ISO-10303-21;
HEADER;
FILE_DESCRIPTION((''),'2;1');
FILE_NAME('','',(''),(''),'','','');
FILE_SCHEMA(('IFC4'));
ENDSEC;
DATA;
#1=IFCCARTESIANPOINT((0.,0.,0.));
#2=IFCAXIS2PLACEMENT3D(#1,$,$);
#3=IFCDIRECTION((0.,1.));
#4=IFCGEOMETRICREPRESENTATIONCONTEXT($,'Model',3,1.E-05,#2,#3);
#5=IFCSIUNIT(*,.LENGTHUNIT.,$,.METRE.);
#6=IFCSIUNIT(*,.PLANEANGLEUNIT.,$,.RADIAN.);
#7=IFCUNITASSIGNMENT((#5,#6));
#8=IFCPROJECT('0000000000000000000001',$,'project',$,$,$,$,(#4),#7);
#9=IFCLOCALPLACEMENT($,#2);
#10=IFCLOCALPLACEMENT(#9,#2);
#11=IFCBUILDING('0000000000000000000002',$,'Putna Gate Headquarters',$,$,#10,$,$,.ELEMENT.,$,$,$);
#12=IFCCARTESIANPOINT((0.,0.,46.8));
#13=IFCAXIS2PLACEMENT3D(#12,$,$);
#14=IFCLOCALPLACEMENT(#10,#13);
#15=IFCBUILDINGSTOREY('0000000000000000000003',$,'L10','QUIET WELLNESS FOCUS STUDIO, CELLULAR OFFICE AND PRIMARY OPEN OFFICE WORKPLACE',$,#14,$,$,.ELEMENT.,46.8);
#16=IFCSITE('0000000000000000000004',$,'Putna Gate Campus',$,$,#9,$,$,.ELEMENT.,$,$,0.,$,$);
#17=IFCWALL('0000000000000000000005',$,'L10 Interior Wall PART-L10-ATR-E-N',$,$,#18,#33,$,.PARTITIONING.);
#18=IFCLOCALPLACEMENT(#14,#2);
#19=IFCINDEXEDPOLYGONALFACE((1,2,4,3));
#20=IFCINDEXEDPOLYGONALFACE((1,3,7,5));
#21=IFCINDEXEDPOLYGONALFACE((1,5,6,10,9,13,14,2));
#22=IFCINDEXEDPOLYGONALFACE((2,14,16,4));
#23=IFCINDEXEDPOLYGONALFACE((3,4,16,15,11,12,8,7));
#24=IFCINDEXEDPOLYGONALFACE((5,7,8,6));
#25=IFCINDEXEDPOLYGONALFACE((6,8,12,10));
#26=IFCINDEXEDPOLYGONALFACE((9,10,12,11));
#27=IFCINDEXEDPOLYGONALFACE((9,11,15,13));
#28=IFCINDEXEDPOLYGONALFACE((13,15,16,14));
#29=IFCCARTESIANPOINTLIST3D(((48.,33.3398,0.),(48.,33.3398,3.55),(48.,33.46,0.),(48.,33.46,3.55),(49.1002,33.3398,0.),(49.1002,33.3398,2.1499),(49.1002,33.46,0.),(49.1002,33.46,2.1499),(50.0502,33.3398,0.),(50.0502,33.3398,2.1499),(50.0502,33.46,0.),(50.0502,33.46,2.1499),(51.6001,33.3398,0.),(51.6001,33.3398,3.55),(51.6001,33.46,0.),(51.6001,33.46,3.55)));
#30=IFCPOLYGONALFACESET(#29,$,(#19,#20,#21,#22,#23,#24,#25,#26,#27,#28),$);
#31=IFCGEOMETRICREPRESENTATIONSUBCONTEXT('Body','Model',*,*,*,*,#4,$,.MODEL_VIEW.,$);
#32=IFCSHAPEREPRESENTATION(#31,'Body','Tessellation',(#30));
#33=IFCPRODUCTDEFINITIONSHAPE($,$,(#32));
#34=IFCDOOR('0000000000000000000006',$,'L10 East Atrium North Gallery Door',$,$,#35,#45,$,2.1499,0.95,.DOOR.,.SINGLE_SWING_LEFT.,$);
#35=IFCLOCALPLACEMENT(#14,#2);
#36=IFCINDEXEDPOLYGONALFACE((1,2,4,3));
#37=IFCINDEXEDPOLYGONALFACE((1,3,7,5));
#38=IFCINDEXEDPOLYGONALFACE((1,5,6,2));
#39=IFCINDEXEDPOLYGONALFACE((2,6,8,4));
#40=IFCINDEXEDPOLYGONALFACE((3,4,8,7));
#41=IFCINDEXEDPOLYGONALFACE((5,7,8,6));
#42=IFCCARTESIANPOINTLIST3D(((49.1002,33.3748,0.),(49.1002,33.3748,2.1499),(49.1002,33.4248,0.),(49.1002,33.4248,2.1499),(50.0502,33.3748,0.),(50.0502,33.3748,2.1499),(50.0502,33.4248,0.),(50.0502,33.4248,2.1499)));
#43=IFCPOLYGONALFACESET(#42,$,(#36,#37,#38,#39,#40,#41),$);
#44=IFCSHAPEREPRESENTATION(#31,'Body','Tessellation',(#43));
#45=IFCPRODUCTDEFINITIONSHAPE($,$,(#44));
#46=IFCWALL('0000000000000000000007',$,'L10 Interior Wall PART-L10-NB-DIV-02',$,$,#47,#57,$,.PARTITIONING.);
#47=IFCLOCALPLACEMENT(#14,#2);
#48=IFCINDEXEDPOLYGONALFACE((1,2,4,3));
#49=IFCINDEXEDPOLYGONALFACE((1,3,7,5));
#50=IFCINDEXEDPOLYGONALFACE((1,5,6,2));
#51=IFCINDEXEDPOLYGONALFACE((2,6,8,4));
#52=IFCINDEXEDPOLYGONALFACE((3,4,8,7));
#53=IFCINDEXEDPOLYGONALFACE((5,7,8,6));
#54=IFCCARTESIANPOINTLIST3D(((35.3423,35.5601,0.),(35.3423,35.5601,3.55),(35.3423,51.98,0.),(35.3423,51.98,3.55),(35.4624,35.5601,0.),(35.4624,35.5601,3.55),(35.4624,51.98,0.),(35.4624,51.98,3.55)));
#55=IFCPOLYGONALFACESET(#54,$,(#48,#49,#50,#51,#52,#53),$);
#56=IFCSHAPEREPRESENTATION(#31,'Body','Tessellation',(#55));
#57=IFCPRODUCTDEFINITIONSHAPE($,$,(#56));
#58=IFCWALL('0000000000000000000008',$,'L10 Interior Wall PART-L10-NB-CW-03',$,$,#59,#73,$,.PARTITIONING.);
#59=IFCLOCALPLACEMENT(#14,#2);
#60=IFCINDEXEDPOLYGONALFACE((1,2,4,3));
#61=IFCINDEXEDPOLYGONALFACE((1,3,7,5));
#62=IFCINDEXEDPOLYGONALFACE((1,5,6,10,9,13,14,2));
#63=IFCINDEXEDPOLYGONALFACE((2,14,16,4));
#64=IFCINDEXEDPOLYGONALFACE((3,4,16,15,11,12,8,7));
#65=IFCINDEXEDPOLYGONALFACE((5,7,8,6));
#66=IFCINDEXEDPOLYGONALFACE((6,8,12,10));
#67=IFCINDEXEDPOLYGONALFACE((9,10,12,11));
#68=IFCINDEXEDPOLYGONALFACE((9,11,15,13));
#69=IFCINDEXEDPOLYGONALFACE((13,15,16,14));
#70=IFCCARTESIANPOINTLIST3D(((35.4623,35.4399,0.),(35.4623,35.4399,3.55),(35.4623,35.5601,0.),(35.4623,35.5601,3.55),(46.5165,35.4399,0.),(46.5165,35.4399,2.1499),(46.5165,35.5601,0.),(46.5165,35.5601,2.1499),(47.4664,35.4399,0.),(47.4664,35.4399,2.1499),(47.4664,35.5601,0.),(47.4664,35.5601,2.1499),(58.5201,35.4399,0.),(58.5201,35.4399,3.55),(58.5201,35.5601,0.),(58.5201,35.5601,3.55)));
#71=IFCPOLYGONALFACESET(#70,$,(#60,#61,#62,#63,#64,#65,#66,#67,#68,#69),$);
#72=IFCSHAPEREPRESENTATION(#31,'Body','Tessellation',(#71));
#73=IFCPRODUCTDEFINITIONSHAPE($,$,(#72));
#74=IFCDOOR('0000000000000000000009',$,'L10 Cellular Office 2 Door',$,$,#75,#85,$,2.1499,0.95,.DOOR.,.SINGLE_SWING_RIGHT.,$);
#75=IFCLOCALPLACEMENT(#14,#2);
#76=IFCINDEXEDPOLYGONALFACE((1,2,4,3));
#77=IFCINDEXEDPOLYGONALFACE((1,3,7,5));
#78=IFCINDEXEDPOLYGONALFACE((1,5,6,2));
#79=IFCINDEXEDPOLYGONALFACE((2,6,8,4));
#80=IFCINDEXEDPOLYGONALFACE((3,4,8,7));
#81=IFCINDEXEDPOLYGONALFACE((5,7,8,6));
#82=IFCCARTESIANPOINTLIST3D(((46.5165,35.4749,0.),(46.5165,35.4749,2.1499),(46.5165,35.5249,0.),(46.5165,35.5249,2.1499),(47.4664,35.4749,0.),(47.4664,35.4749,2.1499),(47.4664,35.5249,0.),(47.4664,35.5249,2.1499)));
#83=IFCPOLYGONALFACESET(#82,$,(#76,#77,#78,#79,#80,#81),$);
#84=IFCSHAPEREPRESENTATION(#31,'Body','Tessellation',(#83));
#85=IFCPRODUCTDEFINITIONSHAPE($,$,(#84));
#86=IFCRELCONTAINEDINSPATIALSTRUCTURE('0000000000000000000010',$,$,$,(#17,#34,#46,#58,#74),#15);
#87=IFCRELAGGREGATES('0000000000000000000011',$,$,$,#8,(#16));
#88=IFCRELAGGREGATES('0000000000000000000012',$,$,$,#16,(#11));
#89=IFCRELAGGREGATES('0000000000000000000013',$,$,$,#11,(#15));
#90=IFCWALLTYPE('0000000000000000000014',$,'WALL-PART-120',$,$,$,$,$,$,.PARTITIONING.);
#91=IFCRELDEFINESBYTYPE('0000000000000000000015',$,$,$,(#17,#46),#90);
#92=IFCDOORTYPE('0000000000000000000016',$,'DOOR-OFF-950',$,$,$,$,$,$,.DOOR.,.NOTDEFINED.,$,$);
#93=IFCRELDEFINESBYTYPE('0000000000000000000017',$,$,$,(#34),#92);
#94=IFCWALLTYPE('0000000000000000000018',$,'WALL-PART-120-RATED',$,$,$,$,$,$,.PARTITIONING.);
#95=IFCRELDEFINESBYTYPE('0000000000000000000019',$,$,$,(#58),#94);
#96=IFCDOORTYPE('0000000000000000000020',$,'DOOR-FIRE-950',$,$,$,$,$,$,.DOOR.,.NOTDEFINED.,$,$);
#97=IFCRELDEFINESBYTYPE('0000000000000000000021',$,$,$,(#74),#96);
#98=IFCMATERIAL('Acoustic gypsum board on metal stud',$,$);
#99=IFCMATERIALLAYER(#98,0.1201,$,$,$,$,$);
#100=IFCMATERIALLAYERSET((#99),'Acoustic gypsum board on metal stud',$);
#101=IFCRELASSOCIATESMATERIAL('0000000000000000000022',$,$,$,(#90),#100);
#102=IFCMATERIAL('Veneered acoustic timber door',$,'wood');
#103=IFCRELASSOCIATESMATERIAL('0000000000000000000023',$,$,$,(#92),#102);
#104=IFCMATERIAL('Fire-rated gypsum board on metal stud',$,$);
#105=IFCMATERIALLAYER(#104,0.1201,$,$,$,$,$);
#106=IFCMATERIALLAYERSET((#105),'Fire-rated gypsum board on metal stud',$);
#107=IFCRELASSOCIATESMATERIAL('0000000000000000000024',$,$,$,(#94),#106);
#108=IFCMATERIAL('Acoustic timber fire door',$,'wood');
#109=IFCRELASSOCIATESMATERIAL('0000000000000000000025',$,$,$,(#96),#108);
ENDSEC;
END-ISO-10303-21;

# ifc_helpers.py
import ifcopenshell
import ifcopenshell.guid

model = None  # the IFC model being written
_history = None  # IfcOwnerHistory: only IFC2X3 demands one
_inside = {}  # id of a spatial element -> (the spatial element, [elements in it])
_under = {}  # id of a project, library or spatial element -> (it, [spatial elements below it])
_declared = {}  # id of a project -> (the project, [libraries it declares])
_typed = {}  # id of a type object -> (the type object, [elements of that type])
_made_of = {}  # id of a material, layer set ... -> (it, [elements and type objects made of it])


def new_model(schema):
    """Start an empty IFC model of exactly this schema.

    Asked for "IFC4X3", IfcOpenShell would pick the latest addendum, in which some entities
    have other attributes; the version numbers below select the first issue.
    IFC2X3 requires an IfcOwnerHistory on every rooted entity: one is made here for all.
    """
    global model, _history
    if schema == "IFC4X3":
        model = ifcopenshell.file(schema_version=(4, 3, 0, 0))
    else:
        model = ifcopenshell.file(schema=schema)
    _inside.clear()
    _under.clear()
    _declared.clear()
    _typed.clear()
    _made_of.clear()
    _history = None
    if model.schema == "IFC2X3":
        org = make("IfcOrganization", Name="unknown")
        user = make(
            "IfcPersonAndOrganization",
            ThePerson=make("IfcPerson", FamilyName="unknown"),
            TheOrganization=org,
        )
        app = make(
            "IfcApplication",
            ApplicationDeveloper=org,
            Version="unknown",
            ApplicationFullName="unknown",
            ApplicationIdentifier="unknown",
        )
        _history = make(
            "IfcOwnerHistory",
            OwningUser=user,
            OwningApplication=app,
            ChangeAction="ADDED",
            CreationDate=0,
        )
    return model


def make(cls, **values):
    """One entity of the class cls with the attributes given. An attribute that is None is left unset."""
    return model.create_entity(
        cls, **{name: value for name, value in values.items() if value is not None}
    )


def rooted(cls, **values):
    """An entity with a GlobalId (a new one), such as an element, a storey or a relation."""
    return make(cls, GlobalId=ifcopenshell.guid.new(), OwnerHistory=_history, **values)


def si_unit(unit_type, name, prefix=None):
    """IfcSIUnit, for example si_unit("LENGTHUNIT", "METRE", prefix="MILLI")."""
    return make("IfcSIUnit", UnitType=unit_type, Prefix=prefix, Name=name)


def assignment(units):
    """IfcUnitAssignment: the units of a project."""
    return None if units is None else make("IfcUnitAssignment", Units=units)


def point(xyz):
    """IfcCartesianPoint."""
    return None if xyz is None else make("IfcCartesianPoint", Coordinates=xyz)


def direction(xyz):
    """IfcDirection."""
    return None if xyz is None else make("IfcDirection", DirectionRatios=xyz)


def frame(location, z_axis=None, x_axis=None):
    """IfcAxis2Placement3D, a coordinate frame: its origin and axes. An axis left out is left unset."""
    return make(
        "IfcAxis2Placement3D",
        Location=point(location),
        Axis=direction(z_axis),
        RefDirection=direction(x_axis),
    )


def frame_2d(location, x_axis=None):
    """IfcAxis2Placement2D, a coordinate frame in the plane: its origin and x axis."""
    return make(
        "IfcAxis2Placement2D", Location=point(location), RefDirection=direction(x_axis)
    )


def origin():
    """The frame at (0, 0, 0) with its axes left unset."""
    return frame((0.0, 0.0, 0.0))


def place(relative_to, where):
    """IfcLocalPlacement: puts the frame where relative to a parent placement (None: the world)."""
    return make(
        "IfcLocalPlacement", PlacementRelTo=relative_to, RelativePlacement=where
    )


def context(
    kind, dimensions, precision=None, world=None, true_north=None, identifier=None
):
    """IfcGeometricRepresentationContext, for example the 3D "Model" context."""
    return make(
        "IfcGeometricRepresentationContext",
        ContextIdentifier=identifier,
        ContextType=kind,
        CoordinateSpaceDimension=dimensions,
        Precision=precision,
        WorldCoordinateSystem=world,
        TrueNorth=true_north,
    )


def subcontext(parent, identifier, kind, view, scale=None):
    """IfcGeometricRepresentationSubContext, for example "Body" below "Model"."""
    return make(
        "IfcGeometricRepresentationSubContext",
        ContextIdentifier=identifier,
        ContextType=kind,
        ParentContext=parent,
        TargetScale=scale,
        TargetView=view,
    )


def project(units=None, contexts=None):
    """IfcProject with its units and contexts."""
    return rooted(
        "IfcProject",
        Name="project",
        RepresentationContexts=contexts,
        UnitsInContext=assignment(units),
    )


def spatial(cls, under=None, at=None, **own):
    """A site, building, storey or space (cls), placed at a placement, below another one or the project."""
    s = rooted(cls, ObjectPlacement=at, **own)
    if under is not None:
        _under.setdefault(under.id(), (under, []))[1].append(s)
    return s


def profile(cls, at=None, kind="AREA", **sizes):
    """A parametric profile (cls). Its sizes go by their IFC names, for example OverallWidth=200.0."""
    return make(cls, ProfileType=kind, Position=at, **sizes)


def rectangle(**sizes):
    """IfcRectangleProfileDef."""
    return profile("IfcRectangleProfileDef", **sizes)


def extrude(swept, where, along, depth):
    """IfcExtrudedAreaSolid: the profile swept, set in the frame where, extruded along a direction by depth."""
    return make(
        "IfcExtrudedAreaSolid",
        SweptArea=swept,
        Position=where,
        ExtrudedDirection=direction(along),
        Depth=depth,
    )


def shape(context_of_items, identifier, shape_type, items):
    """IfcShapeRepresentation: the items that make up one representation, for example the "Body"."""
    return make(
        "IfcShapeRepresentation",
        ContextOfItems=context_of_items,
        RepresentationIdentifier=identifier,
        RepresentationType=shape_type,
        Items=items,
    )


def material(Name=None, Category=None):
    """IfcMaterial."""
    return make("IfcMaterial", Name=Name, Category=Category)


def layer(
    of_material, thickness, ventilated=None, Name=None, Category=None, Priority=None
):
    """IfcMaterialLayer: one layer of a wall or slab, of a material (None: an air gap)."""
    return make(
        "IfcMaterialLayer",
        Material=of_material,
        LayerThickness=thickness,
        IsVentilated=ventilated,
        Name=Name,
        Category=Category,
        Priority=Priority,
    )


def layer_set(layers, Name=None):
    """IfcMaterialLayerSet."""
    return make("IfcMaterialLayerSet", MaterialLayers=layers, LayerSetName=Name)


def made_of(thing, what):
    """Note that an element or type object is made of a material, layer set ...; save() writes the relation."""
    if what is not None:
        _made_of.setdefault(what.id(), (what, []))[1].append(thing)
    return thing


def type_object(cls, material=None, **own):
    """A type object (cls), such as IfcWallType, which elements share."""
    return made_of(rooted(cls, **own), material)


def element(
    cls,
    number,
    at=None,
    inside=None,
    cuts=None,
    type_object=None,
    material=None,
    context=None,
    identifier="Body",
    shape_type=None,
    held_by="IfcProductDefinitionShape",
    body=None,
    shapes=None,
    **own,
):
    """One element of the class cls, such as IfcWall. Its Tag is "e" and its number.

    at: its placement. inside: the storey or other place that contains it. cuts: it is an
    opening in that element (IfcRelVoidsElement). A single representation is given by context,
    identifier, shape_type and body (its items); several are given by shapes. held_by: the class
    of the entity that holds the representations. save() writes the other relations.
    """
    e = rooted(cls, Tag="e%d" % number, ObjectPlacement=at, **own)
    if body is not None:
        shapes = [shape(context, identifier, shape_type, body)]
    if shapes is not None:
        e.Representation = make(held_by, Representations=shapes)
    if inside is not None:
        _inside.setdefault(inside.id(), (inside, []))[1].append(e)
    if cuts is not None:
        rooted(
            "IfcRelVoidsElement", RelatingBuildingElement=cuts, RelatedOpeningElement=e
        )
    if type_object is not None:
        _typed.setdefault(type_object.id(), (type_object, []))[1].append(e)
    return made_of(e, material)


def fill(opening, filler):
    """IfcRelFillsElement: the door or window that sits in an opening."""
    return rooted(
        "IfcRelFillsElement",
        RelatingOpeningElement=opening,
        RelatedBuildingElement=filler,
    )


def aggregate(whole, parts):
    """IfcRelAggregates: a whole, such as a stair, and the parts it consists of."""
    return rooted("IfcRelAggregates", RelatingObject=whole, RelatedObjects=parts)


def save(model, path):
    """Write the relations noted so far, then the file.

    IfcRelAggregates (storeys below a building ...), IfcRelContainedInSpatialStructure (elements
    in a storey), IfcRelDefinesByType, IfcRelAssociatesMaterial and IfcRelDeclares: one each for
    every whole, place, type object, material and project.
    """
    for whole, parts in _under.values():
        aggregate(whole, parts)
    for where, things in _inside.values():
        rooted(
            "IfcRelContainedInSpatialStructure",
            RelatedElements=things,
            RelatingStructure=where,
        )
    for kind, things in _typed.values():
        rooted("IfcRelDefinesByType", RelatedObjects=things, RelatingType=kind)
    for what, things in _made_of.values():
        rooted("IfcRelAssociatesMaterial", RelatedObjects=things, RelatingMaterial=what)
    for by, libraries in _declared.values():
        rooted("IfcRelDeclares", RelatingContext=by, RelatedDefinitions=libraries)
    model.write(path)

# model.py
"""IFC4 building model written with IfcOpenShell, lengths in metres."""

from ifc_helpers import new_model, si_unit, direction, frame, frame_2d, origin, place, context, subcontext, project, spatial, rectangle, extrude, material, layer, layer_set, type_object, element, fill, save


model = new_model("IFC4")

# Units and contexts
model_context = context("Model", 3, precision=1e-05, world=origin(), true_north=direction((0.0, 1.0)))
body_context = subcontext(model_context, "Body", "Model", "MODEL_VIEW")
ifc_project = project(units=[si_unit("LENGTHUNIT", "METRE"), si_unit("PLANEANGLEUNIT", "RADIAN")], contexts=[model_context])

# Site, building, storey
site_placement = place(None, origin())
site = spatial("IfcSite", under=ifc_project, at=site_placement, Name="Putna Gate Campus", CompositionType="ELEMENT", RefElevation=0.0)
building_placement = place(site_placement, origin())
building = spatial("IfcBuilding", under=site, at=building_placement, Name="Putna Gate Headquarters", CompositionType="ELEMENT")
storey_placement = place(building_placement, frame((0.0, 0.0, 46.8)))
storey = spatial("IfcBuildingStorey", under=building, at=storey_placement, Name="L10", Description="QUIET WELLNESS FOCUS STUDIO, CELLULAR OFFICE AND PRIMARY OPEN OFFICE WORKPLACE", CompositionType="ELEMENT", Elevation=46.8)

# Shared definitions
ifc_material_1 = material(Name="Acoustic gypsum board on metal stud")
ifc_layer_1 = layer(ifc_material_1, 0.1201)
ifc_layer_set_1 = layer_set([ifc_layer_1], Name="Acoustic gypsum board on metal stud")
wall_type_1 = type_object("IfcWallType", Name="WALL-PART-120", PredefinedType="PARTITIONING", material=ifc_layer_set_1)

# Wall, opening, door
wall_1_placement = place(storey_placement, frame((48.0, 33.3999, 0.0), z_axis=(0.0, 0.0, 1.0), x_axis=(1.0, 0.0, 0.0)))
wall_1 = element("IfcWall", 1, at=wall_1_placement, inside=storey, type_object=wall_type_1, Name="L10 Interior Wall PART-L10-ATR-E-N", PredefinedType="PARTITIONING", context=body_context, shape_type="SweptSolid", body=[
    extrude(rectangle(XDim=3.6001, YDim=0.1201, at=frame_2d((1.8, 0.0))), origin(), (0.0, 0.0, 1.0), 3.55),
])
opening_1_placement = place(wall_1_placement, frame((1.1001, 0.0, 0.0)))
opening_1 = element("IfcOpeningElement", 2, at=opening_1_placement, cuts=wall_1, PredefinedType="OPENING", context=body_context, shape_type="SweptSolid", body=[
    extrude(rectangle(XDim=0.95, YDim=2.1499, at=frame_2d((0.4751, 1.075))), frame((0.0, 0.0701, 0.0), z_axis=(0.0, -1.0, 0.0), x_axis=(1.0, 0.0, 0.0)), (0.0, 0.0, 1.0), 0.1401),
])
ifc_material_2 = material(Name="Veneered acoustic timber door", Category="wood")
door_type_1 = type_object("IfcDoorType", Name="DOOR-OFF-950", OperationType="NOTDEFINED", PredefinedType="DOOR", material=ifc_material_2)
door_1_placement = place(opening_1_placement, origin())
door_1 = element("IfcDoor", 3, at=door_1_placement, inside=storey, type_object=door_type_1, Name="L10 East Atrium North Gallery Door", OperationType="SINGLE_SWING_LEFT", OverallHeight=2.1499, OverallWidth=0.95, PredefinedType="DOOR", context=body_context, shape_type="SweptSolid", body=[
    extrude(rectangle(XDim=0.95, YDim=2.1499, at=frame_2d((0.4751, 1.075))), frame((0.0, 0.0249, 0.0), z_axis=(0.0, -1.0, 0.0), x_axis=(1.0, 0.0, 0.0)), (0.0, 0.0, 1.0), 0.05),
])
fill(opening_1, door_1)

# Wall
wall_2_placement = place(storey_placement, frame((35.4023, 35.5601, 0.0), z_axis=(0.0, 0.0, 1.0), x_axis=(0.0, 1.0, 0.0)))
element("IfcWall", 4, at=wall_2_placement, inside=storey, type_object=wall_type_1, Name="L10 Interior Wall PART-L10-NB-DIV-02", PredefinedType="PARTITIONING", context=body_context, shape_type="SweptSolid", body=[
    extrude(rectangle(XDim=16.4199, YDim=0.1201, at=frame_2d((8.21, 0.0))), origin(), (0.0, 0.0, 1.0), 3.55),
])

# Wall, opening, door
ifc_material_3 = material(Name="Fire-rated gypsum board on metal stud")
ifc_layer_2 = layer(ifc_material_3, 0.1201)
ifc_layer_set_2 = layer_set([ifc_layer_2], Name="Fire-rated gypsum board on metal stud")
wall_type_2 = type_object("IfcWallType", Name="WALL-PART-120-RATED", PredefinedType="PARTITIONING", material=ifc_layer_set_2)
wall_3_placement = place(storey_placement, frame((35.4624, 35.5, 0.0), z_axis=(0.0, 0.0, 1.0), x_axis=(1.0, 0.0, 0.0)))
wall_3 = element("IfcWall", 5, at=wall_3_placement, inside=storey, type_object=wall_type_2, Name="L10 Interior Wall PART-L10-NB-CW-03", PredefinedType="PARTITIONING", context=body_context, shape_type="SweptSolid", body=[
    extrude(rectangle(XDim=23.0579, YDim=0.1201, at=frame_2d((11.5288, 0.0))), origin(), (0.0, 0.0, 1.0), 3.55),
])
opening_2_placement = place(wall_3_placement, frame((11.054, 0.0, 0.0)))
opening_2 = element("IfcOpeningElement", 6, at=opening_2_placement, cuts=wall_3, PredefinedType="OPENING", context=body_context, shape_type="SweptSolid", body=[
    extrude(rectangle(XDim=0.95, YDim=2.1499, at=frame_2d((0.4751, 1.075))), frame((0.0, 0.0701, 0.0), z_axis=(0.0, -1.0, 0.0), x_axis=(1.0, 0.0, 0.0)), (0.0, 0.0, 1.0), 0.1401),
])
ifc_material_4 = material(Name="Acoustic timber fire door", Category="wood")
door_type_2 = type_object("IfcDoorType", Name="DOOR-FIRE-950", OperationType="NOTDEFINED", PredefinedType="DOOR", material=ifc_material_4)
door_2_placement = place(opening_2_placement, origin())
door_2 = element("IfcDoor", 7, at=door_2_placement, inside=storey, type_object=door_type_2, Name="L10 Cellular Office 2 Door", OperationType="SINGLE_SWING_RIGHT", OverallHeight=2.1499, OverallWidth=0.95, PredefinedType="DOOR", context=body_context, shape_type="SweptSolid", body=[
    extrude(rectangle(XDim=0.95, YDim=2.1499, at=frame_2d((0.4751, 1.075))), frame((0.0, 0.0249, 0.0), z_axis=(0.0, -1.0, 0.0), x_axis=(1.0, 0.0, 0.0)), (0.0, 0.0, 1.0), 0.05),
])
fill(opening_2, door_2)

save(model, "model.ifc")
